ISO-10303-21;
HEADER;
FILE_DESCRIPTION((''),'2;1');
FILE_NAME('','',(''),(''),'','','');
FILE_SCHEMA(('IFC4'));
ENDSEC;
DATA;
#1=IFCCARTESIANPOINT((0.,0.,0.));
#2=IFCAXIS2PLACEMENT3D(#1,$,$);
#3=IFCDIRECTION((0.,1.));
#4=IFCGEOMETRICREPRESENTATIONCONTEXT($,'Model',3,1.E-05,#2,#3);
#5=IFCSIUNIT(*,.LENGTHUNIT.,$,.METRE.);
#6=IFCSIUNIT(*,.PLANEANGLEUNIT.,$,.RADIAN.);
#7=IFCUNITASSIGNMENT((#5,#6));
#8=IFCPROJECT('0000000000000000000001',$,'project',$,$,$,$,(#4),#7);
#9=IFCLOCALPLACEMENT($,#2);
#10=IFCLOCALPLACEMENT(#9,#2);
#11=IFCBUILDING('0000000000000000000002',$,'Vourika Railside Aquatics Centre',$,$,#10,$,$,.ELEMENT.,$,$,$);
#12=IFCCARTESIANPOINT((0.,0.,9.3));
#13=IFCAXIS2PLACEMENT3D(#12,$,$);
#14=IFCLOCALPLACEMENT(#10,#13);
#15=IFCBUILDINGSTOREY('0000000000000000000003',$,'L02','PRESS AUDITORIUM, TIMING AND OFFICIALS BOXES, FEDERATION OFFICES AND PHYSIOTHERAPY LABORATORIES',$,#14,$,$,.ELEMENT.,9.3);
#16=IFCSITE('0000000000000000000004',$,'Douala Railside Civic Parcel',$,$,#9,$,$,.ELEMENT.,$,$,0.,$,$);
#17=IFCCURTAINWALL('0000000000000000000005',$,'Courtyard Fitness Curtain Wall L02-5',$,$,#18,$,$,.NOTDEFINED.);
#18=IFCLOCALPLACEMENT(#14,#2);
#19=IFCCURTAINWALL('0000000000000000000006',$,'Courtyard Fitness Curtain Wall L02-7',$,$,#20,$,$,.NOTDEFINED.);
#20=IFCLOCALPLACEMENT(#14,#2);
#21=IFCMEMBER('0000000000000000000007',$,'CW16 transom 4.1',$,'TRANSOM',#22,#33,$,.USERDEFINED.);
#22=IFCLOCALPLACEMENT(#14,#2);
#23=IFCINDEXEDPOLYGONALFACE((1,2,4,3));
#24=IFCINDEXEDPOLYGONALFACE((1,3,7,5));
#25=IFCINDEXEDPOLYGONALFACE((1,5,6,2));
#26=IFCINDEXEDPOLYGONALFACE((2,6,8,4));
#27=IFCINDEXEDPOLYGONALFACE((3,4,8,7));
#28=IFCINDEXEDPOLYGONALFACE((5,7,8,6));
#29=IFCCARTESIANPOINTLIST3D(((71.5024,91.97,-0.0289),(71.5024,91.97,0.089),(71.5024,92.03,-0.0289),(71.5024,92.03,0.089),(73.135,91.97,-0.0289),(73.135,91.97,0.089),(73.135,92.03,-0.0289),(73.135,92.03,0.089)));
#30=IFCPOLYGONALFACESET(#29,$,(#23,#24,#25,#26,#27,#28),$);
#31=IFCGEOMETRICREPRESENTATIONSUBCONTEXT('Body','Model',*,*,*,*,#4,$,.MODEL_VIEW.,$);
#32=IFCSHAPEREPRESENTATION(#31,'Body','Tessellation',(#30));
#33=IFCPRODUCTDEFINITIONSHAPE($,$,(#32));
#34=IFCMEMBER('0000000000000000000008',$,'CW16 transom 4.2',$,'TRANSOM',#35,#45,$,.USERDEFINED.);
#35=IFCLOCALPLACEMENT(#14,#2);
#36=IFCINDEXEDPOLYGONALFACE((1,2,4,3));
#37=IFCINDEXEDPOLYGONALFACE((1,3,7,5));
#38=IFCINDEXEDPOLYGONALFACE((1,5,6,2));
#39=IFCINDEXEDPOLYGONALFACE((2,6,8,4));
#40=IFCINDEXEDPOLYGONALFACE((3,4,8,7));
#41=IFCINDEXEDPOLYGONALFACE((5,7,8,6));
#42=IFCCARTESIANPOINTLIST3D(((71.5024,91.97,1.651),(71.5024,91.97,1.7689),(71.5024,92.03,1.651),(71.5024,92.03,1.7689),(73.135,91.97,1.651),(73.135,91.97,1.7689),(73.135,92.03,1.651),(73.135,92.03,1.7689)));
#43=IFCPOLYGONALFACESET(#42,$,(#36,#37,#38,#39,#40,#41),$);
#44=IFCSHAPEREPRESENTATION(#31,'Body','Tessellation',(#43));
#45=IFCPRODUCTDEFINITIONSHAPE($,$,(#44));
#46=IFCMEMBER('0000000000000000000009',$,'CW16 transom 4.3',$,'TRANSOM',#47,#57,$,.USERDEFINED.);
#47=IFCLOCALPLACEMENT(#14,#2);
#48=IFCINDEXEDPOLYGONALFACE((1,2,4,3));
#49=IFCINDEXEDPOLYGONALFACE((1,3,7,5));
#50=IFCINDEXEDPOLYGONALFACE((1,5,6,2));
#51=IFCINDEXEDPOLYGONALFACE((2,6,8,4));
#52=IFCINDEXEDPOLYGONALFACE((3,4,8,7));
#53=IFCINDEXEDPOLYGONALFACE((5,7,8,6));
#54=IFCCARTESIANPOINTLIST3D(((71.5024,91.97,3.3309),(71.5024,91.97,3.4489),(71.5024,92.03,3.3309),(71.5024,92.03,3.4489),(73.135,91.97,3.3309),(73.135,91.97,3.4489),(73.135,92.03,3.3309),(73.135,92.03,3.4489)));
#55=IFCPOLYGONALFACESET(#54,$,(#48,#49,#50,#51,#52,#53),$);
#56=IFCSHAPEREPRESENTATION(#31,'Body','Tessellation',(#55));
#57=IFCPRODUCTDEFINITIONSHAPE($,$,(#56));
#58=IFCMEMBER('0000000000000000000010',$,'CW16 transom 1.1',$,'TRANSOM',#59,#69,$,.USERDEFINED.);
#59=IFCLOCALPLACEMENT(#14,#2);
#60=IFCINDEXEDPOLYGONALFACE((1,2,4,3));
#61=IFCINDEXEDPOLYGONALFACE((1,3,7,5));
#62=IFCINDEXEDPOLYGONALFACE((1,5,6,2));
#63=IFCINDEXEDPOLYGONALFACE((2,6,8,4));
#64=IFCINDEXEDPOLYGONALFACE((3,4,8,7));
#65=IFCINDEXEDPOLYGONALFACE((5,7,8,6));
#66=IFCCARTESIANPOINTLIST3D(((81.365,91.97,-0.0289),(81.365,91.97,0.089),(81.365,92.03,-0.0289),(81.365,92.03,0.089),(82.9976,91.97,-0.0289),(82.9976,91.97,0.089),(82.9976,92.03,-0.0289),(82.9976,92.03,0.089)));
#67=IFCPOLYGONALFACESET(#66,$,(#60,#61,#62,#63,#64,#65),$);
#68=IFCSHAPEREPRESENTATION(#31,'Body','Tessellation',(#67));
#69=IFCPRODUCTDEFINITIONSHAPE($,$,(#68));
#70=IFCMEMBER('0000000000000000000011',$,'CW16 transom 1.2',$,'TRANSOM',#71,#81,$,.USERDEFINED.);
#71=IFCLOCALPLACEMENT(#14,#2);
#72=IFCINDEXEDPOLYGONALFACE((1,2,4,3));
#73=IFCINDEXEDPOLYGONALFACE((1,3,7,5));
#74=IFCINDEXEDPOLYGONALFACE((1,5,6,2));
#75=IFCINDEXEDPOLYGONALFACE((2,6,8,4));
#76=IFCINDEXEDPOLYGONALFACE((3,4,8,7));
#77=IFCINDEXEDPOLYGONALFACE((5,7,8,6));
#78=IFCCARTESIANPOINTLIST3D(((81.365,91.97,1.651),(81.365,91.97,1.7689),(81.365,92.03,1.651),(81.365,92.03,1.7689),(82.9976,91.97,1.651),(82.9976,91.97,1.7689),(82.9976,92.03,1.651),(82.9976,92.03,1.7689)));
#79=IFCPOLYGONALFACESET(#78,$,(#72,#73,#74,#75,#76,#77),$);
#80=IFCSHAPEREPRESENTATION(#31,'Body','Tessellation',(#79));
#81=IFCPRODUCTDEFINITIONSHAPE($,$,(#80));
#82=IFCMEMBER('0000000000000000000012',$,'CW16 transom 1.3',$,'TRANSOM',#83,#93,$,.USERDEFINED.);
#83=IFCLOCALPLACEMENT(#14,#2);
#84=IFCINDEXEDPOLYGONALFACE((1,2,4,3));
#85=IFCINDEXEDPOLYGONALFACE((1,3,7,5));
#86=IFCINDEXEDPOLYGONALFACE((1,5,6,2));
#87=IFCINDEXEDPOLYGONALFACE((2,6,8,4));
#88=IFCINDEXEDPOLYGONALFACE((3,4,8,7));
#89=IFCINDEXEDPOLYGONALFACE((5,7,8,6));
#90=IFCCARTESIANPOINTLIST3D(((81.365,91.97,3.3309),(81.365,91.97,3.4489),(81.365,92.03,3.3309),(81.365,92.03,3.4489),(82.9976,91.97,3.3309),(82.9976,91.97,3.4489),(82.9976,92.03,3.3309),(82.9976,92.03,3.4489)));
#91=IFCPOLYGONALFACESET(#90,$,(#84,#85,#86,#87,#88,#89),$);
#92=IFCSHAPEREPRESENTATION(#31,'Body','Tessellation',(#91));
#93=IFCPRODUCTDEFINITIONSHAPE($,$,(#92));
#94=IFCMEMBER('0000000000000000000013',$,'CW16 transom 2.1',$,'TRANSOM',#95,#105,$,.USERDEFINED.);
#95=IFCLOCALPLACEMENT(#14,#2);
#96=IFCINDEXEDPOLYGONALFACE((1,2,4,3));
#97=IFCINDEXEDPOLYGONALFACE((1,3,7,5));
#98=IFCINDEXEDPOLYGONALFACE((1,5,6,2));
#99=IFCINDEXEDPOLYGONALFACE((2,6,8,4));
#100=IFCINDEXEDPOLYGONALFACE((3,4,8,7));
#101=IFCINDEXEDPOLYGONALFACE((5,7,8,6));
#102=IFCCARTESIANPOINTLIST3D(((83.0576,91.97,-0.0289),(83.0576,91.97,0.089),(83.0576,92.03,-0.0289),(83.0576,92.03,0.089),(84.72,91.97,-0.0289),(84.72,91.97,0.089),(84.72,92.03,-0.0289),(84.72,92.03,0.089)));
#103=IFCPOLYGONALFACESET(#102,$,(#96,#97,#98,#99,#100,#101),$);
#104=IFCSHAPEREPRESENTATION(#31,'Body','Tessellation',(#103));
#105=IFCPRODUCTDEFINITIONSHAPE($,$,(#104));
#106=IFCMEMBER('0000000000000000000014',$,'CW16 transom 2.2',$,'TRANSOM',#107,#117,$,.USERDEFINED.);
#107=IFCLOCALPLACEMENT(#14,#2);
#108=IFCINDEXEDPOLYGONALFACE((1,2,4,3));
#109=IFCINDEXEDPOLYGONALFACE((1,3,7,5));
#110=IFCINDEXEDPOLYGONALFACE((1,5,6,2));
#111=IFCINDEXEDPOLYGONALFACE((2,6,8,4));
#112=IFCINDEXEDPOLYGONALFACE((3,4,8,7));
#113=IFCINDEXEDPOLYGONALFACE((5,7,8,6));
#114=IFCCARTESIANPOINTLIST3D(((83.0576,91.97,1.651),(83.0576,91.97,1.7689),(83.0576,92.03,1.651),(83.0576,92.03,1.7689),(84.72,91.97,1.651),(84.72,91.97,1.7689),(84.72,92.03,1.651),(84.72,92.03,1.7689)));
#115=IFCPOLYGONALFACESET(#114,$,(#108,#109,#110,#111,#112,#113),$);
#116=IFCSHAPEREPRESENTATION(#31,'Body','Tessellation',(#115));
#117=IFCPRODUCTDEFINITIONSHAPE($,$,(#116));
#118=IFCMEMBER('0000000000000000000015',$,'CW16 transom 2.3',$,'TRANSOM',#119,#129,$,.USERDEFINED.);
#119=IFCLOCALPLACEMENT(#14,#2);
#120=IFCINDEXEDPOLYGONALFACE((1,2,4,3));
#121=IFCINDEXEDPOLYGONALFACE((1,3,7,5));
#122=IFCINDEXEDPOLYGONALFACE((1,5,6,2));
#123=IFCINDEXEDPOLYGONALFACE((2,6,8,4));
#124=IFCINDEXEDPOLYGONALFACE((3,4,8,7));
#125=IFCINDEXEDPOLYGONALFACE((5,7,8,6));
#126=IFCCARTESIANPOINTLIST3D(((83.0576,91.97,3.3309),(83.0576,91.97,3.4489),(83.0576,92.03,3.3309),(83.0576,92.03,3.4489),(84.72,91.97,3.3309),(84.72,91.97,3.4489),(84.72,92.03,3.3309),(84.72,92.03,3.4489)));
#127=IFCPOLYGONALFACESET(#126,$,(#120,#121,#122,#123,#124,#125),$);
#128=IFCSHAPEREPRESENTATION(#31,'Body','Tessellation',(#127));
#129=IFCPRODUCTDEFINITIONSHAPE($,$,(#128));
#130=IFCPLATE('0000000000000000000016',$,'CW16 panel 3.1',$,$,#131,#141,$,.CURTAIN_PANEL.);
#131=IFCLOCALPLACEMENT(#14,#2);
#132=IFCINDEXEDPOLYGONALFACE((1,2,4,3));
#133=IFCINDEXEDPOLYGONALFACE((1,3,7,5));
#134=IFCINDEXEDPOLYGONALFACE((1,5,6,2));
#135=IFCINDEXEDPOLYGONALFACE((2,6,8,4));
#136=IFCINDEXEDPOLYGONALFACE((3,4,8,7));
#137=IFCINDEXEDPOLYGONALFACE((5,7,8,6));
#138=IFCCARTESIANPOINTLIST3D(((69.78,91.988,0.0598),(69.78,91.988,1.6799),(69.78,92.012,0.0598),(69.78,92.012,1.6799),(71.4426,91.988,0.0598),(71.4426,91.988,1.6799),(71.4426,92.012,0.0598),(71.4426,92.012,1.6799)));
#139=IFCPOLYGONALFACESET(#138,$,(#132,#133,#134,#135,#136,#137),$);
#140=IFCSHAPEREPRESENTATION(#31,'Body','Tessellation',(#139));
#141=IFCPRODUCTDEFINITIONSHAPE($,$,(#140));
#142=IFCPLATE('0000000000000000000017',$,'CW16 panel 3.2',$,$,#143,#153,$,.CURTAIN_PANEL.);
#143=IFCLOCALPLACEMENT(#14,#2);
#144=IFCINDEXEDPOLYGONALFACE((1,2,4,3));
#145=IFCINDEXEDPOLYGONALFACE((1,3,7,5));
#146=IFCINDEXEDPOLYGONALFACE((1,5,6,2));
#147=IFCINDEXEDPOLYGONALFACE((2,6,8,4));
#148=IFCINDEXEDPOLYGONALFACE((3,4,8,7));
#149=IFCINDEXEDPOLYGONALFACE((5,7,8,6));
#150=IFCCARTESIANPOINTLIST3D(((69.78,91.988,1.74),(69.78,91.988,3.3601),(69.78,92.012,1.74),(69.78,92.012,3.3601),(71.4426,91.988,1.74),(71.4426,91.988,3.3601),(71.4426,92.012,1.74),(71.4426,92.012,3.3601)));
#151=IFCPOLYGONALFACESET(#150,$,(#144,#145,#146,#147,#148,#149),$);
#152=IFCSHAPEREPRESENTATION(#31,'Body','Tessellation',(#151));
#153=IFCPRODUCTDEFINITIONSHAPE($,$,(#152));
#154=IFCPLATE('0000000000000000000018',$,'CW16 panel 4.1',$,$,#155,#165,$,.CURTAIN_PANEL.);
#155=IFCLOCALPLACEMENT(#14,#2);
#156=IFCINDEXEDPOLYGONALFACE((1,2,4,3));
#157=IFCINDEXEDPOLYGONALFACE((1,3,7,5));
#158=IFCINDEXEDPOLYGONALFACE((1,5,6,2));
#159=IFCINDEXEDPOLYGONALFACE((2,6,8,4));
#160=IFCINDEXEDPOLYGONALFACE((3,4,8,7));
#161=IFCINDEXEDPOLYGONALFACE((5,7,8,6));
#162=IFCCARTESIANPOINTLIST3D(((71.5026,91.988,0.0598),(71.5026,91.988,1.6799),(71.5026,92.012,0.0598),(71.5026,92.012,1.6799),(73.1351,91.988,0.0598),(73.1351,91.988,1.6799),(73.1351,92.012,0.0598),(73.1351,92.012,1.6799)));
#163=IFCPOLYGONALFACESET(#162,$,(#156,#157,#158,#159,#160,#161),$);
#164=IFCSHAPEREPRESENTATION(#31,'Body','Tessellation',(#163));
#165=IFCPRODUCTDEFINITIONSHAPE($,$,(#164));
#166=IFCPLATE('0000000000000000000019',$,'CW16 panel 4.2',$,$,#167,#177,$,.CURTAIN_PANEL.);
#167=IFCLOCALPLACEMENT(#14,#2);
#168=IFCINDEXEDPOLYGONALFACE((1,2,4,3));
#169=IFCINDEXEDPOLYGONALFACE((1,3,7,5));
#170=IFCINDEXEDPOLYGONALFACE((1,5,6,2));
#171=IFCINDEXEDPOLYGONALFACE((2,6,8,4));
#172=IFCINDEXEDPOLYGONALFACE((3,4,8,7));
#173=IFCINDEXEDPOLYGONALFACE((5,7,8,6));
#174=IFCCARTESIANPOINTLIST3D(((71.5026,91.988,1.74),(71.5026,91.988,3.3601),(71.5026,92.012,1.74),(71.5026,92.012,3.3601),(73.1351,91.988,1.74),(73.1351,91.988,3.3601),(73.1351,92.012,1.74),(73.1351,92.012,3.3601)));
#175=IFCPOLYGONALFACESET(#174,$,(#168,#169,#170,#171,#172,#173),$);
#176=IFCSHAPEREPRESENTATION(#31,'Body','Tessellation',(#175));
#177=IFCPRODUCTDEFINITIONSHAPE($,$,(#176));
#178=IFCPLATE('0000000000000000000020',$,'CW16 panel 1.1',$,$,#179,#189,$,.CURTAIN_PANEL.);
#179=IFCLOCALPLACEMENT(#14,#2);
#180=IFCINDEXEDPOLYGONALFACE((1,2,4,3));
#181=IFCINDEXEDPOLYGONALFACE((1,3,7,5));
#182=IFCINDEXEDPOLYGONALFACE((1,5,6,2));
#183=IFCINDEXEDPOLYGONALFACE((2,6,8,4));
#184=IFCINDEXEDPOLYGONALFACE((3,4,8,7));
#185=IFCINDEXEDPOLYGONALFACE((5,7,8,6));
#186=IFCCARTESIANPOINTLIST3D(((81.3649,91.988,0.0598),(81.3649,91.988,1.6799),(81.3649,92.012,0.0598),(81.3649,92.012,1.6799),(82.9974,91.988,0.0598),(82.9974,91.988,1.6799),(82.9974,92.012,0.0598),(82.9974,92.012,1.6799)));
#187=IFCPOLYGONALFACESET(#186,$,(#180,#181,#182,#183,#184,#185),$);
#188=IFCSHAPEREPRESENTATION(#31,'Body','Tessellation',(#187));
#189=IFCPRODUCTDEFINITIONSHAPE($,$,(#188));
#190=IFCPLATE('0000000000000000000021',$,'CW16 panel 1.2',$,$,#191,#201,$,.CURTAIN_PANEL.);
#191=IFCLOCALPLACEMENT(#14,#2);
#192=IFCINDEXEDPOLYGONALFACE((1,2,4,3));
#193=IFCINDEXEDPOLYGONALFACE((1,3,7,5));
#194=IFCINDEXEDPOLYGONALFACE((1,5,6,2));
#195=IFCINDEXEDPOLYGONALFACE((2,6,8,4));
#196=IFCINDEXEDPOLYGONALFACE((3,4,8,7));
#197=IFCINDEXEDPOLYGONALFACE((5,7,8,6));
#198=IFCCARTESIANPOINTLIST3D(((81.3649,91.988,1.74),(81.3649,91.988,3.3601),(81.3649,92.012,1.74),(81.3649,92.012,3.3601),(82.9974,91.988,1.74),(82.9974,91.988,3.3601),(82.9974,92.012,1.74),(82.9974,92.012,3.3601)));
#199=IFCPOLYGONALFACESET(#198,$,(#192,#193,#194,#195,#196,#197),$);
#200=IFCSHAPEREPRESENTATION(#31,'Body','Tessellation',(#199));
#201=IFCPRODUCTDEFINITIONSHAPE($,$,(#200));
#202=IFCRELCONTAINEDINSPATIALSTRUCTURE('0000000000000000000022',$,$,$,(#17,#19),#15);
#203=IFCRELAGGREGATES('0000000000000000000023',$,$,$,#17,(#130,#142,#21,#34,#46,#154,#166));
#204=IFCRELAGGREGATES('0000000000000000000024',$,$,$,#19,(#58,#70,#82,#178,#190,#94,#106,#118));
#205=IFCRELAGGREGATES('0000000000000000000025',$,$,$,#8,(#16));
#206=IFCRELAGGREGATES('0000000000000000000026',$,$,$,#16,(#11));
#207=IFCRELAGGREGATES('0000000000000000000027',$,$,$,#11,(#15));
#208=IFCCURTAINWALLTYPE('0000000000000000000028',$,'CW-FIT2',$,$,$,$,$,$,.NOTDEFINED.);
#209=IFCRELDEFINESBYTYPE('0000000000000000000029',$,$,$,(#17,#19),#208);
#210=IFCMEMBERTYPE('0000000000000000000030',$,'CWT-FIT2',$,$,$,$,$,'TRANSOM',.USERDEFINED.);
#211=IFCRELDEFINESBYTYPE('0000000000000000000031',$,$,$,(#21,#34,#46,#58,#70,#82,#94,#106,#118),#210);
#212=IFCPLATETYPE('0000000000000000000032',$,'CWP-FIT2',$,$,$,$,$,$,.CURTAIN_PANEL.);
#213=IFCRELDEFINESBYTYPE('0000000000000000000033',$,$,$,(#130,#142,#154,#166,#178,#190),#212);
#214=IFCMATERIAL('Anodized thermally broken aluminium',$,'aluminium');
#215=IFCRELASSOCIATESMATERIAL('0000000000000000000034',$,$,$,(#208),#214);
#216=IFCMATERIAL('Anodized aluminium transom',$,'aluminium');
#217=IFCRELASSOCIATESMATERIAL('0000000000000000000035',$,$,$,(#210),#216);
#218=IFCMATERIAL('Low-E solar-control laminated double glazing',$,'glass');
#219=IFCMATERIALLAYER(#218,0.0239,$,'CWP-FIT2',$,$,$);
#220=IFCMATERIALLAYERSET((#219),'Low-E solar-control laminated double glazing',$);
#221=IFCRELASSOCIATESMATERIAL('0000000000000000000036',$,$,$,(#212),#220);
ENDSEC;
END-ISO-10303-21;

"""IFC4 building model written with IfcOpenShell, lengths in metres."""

from ifc_helpers import new_model, si_unit, direction, frame, origin, origin_2d, place, context, subcontext, project, spatial, rectangle, extrude, material, layer, layer_set, material_profile, profile_set, type_object, element, aggregate, save


model = new_model("IFC4")

# Units and contexts
model_context = context("Model", 3, precision=1e-05, world=origin(), true_north=direction((0.0, 1.0)))
body_context = subcontext(model_context, "Body", "Model", "MODEL_VIEW")
ifc_project = project(units=[si_unit("LENGTHUNIT", "METRE"), si_unit("PLANEANGLEUNIT", "RADIAN")], contexts=[model_context])

# Site, building, storey
site_placement = place(None, origin())
site = spatial("IfcSite", under=ifc_project, at=site_placement, Name="Douala Railside Civic Parcel", CompositionType="ELEMENT", RefElevation=0.0)
building_placement = place(site_placement, origin())
building = spatial("IfcBuilding", under=site, at=building_placement, Name="Vourika Railside Aquatics Centre", CompositionType="ELEMENT")
storey_placement = place(building_placement, frame((0.0, 0.0, 9.3)))
storey = spatial("IfcBuildingStorey", under=building, at=storey_placement, Name="L02", Description="PRESS AUDITORIUM, TIMING AND OFFICIALS BOXES, FEDERATION OFFICES AND PHYSIOTHERAPY LABORATORIES", CompositionType="ELEMENT", Elevation=9.3)

# Curtain walls
ifc_material_1 = material(Name="Anodized thermally broken aluminium", Category="aluminium")
curtain_wall_type = type_object("IfcCurtainWallType", Name="CW-FIT2", PredefinedType="NOTDEFINED", material=ifc_material_1)
curtain_wall_1_placement = place(storey_placement, origin())
curtain_wall_1 = element("IfcCurtainWall", 1, at=curtain_wall_1_placement, inside=storey, type_object=curtain_wall_type, Name="Courtyard Fitness Curtain Wall L02-5", PredefinedType="NOTDEFINED")
curtain_wall_2_placement = place(storey_placement, origin())
curtain_wall_2 = element("IfcCurtainWall", 2, at=curtain_wall_2_placement, inside=storey, type_object=curtain_wall_type, Name="Courtyard Fitness Curtain Wall L02-7", PredefinedType="NOTDEFINED")

# Members
ifc_material_2 = material(Name="Anodized aluminium transom", Category="aluminium")
ifc_material_profile_1 = material_profile(ifc_material_2, rectangle(XDim=0.0601, YDim=0.1179, at=origin_2d()), Name="ALU-T 60x118")
ifc_profile_set_1 = profile_set([ifc_material_profile_1], Name="Anodized aluminium transom")
member_type_1 = type_object("IfcMemberType", Name="CWT-FIT2", ElementType="TRANSOM", PredefinedType="USERDEFINED", material=ifc_profile_set_1)
member_1_placement = place(storey_placement, frame((71.5024, 92.0, 0.03), z_axis=(1.0, 0.0, 0.0), x_axis=(0.0, 1.0, 0.0)))
member_1 = element("IfcMember", 3, at=member_1_placement, type_object=member_type_1, Name="CW16 transom 4.1", ObjectType="TRANSOM", PredefinedType="USERDEFINED", context=body_context, shape_type="SweptSolid", body=[
    extrude(rectangle(XDim=0.0601, YDim=0.1179, at=origin_2d()), origin(), (0.0, 0.0, 1.0), 1.6326),
])
member_2_placement = place(storey_placement, frame((71.5024, 92.0, 1.71), z_axis=(1.0, 0.0, 0.0), x_axis=(0.0, 1.0, 0.0)))
member_2 = element("IfcMember", 4, at=member_2_placement, type_object=member_type_1, Name="CW16 transom 4.2", ObjectType="TRANSOM", PredefinedType="USERDEFINED", context=body_context, shape_type="SweptSolid", body=[
    extrude(rectangle(XDim=0.0601, YDim=0.1179, at=origin_2d()), origin(), (0.0, 0.0, 1.0), 1.6326),
])
member_3_placement = place(storey_placement, frame((71.5024, 92.0, 3.3899), z_axis=(1.0, 0.0, 0.0), x_axis=(0.0, 1.0, 0.0)))
member_3 = element("IfcMember", 5, at=member_3_placement, type_object=member_type_1, Name="CW16 transom 4.3", ObjectType="TRANSOM", PredefinedType="USERDEFINED", context=body_context, shape_type="SweptSolid", body=[
    extrude(rectangle(XDim=0.0601, YDim=0.1179, at=origin_2d()), origin(), (0.0, 0.0, 1.0), 1.6326),
])
member_4_placement = place(storey_placement, frame((81.365, 92.0, 0.03), z_axis=(1.0, 0.0, 0.0), x_axis=(0.0, 1.0, 0.0)))
member_4 = element("IfcMember", 6, at=member_4_placement, type_object=member_type_1, Name="CW16 transom 1.1", ObjectType="TRANSOM", PredefinedType="USERDEFINED", context=body_context, shape_type="SweptSolid", body=[
    extrude(rectangle(XDim=0.0601, YDim=0.1179, at=origin_2d()), origin(), (0.0, 0.0, 1.0), 1.6326),
])
member_5_placement = place(storey_placement, frame((81.365, 92.0, 1.71), z_axis=(1.0, 0.0, 0.0), x_axis=(0.0, 1.0, 0.0)))
member_5 = element("IfcMember", 7, at=member_5_placement, type_object=member_type_1, Name="CW16 transom 1.2", ObjectType="TRANSOM", PredefinedType="USERDEFINED", context=body_context, shape_type="SweptSolid", body=[
    extrude(rectangle(XDim=0.0601, YDim=0.1179, at=origin_2d()), origin(), (0.0, 0.0, 1.0), 1.6326),
])
member_6_placement = place(storey_placement, frame((81.365, 92.0, 3.3899), z_axis=(1.0, 0.0, 0.0), x_axis=(0.0, 1.0, 0.0)))
member_6 = element("IfcMember", 8, at=member_6_placement, type_object=member_type_1, Name="CW16 transom 1.3", ObjectType="TRANSOM", PredefinedType="USERDEFINED", context=body_context, shape_type="SweptSolid", body=[
    extrude(rectangle(XDim=0.0601, YDim=0.1179, at=origin_2d()), origin(), (0.0, 0.0, 1.0), 1.6326),
])
member_7_placement = place(storey_placement, frame((83.0576, 92.0, 0.03), z_axis=(1.0, 0.0, 0.0), x_axis=(0.0, 1.0, 0.0)))
member_7 = element("IfcMember", 9, at=member_7_placement, type_object=member_type_1, Name="CW16 transom 2.1", ObjectType="TRANSOM", PredefinedType="USERDEFINED", context=body_context, shape_type="SweptSolid", body=[
    extrude(rectangle(XDim=0.0601, YDim=0.1179, at=origin_2d()), origin(), (0.0, 0.0, 1.0), 1.6624),
])
member_8_placement = place(storey_placement, frame((83.0576, 92.0, 1.71), z_axis=(1.0, 0.0, 0.0), x_axis=(0.0, 1.0, 0.0)))
member_8 = element("IfcMember", 10, at=member_8_placement, type_object=member_type_1, Name="CW16 transom 2.2", ObjectType="TRANSOM", PredefinedType="USERDEFINED", context=body_context, shape_type="SweptSolid", body=[
    extrude(rectangle(XDim=0.0601, YDim=0.1179, at=origin_2d()), origin(), (0.0, 0.0, 1.0), 1.6624),
])
member_9_placement = place(storey_placement, frame((83.0576, 92.0, 3.3899), z_axis=(1.0, 0.0, 0.0), x_axis=(0.0, 1.0, 0.0)))
member_9 = element("IfcMember", 11, at=member_9_placement, type_object=member_type_1, Name="CW16 transom 2.3", ObjectType="TRANSOM", PredefinedType="USERDEFINED", context=body_context, shape_type="SweptSolid", body=[
    extrude(rectangle(XDim=0.0601, YDim=0.1179, at=origin_2d()), origin(), (0.0, 0.0, 1.0), 1.6624),
])

# Plates
ifc_material_3 = material(Name="Low-E solar-control laminated double glazing", Category="glass")
ifc_layer_1 = layer(ifc_material_3, 0.0239, Name="CWP-FIT2")
ifc_layer_set_1 = layer_set([ifc_layer_1], Name="Low-E solar-control laminated double glazing")
plate_type = type_object("IfcPlateType", Name="CWP-FIT2", PredefinedType="CURTAIN_PANEL", material=ifc_layer_set_1)
plate_1_placement = place(storey_placement, frame((70.6113, 92.0, 0.0598), z_axis=(0.0, 0.0, 1.0), x_axis=(1.0, 0.0, 0.0)))
plate_1 = element("IfcPlate", 12, at=plate_1_placement, type_object=plate_type, Name="CW16 panel 3.1", PredefinedType="CURTAIN_PANEL", context=body_context, shape_type="SweptSolid", body=[
    extrude(rectangle(XDim=1.6626, YDim=0.0239, at=origin_2d()), origin(), (0.0, 0.0, 1.0), 1.6201),
])
plate_2_placement = place(storey_placement, frame((70.6113, 92.0, 1.74), z_axis=(0.0, 0.0, 1.0), x_axis=(1.0, 0.0, 0.0)))
plate_2 = element("IfcPlate", 13, at=plate_2_placement, type_object=plate_type, Name="CW16 panel 3.2", PredefinedType="CURTAIN_PANEL", context=body_context, shape_type="SweptSolid", body=[
    extrude(rectangle(XDim=1.6626, YDim=0.0239, at=origin_2d()), origin(), (0.0, 0.0, 1.0), 1.6201),
])
plate_3_placement = place(storey_placement, frame((72.3188, 92.0, 0.0598), z_axis=(0.0, 0.0, 1.0), x_axis=(1.0, 0.0, 0.0)))
plate_3 = element("IfcPlate", 14, at=plate_3_placement, type_object=plate_type, Name="CW16 panel 4.1", PredefinedType="CURTAIN_PANEL", context=body_context, shape_type="SweptSolid", body=[
    extrude(rectangle(XDim=1.6326, YDim=0.0239, at=origin_2d()), origin(), (0.0, 0.0, 1.0), 1.6201),
])
plate_4_placement = place(storey_placement, frame((72.3188, 92.0, 1.74), z_axis=(0.0, 0.0, 1.0), x_axis=(1.0, 0.0, 0.0)))
plate_4 = element("IfcPlate", 15, at=plate_4_placement, type_object=plate_type, Name="CW16 panel 4.2", PredefinedType="CURTAIN_PANEL", context=body_context, shape_type="SweptSolid", body=[
    extrude(rectangle(XDim=1.6326, YDim=0.0239, at=origin_2d()), origin(), (0.0, 0.0, 1.0), 1.6201),
])
aggregate(curtain_wall_1, [plate_1, plate_2, member_1, member_2, member_3, plate_3, plate_4])
plate_5_placement = place(storey_placement, frame((82.1812, 92.0, 0.0598), z_axis=(0.0, 0.0, 1.0), x_axis=(1.0, 0.0, 0.0)))
plate_5 = element("IfcPlate", 16, at=plate_5_placement, type_object=plate_type, Name="CW16 panel 1.1", PredefinedType="CURTAIN_PANEL", context=body_context, shape_type="SweptSolid", body=[
    extrude(rectangle(XDim=1.6326, YDim=0.0239, at=origin_2d()), origin(), (0.0, 0.0, 1.0), 1.6201),
])
plate_6_placement = place(storey_placement, frame((82.1812, 92.0, 1.74), z_axis=(0.0, 0.0, 1.0), x_axis=(1.0, 0.0, 0.0)))
plate_6 = element("IfcPlate", 17, at=plate_6_placement, type_object=plate_type, Name="CW16 panel 1.2", PredefinedType="CURTAIN_PANEL", context=body_context, shape_type="SweptSolid", body=[
    extrude(rectangle(XDim=1.6326, YDim=0.0239, at=origin_2d()), origin(), (0.0, 0.0, 1.0), 1.6201),
])
aggregate(curtain_wall_2, [member_4, member_5, member_6, plate_5, plate_6, member_7, member_8, member_9])

save(model, "model.ifc")
